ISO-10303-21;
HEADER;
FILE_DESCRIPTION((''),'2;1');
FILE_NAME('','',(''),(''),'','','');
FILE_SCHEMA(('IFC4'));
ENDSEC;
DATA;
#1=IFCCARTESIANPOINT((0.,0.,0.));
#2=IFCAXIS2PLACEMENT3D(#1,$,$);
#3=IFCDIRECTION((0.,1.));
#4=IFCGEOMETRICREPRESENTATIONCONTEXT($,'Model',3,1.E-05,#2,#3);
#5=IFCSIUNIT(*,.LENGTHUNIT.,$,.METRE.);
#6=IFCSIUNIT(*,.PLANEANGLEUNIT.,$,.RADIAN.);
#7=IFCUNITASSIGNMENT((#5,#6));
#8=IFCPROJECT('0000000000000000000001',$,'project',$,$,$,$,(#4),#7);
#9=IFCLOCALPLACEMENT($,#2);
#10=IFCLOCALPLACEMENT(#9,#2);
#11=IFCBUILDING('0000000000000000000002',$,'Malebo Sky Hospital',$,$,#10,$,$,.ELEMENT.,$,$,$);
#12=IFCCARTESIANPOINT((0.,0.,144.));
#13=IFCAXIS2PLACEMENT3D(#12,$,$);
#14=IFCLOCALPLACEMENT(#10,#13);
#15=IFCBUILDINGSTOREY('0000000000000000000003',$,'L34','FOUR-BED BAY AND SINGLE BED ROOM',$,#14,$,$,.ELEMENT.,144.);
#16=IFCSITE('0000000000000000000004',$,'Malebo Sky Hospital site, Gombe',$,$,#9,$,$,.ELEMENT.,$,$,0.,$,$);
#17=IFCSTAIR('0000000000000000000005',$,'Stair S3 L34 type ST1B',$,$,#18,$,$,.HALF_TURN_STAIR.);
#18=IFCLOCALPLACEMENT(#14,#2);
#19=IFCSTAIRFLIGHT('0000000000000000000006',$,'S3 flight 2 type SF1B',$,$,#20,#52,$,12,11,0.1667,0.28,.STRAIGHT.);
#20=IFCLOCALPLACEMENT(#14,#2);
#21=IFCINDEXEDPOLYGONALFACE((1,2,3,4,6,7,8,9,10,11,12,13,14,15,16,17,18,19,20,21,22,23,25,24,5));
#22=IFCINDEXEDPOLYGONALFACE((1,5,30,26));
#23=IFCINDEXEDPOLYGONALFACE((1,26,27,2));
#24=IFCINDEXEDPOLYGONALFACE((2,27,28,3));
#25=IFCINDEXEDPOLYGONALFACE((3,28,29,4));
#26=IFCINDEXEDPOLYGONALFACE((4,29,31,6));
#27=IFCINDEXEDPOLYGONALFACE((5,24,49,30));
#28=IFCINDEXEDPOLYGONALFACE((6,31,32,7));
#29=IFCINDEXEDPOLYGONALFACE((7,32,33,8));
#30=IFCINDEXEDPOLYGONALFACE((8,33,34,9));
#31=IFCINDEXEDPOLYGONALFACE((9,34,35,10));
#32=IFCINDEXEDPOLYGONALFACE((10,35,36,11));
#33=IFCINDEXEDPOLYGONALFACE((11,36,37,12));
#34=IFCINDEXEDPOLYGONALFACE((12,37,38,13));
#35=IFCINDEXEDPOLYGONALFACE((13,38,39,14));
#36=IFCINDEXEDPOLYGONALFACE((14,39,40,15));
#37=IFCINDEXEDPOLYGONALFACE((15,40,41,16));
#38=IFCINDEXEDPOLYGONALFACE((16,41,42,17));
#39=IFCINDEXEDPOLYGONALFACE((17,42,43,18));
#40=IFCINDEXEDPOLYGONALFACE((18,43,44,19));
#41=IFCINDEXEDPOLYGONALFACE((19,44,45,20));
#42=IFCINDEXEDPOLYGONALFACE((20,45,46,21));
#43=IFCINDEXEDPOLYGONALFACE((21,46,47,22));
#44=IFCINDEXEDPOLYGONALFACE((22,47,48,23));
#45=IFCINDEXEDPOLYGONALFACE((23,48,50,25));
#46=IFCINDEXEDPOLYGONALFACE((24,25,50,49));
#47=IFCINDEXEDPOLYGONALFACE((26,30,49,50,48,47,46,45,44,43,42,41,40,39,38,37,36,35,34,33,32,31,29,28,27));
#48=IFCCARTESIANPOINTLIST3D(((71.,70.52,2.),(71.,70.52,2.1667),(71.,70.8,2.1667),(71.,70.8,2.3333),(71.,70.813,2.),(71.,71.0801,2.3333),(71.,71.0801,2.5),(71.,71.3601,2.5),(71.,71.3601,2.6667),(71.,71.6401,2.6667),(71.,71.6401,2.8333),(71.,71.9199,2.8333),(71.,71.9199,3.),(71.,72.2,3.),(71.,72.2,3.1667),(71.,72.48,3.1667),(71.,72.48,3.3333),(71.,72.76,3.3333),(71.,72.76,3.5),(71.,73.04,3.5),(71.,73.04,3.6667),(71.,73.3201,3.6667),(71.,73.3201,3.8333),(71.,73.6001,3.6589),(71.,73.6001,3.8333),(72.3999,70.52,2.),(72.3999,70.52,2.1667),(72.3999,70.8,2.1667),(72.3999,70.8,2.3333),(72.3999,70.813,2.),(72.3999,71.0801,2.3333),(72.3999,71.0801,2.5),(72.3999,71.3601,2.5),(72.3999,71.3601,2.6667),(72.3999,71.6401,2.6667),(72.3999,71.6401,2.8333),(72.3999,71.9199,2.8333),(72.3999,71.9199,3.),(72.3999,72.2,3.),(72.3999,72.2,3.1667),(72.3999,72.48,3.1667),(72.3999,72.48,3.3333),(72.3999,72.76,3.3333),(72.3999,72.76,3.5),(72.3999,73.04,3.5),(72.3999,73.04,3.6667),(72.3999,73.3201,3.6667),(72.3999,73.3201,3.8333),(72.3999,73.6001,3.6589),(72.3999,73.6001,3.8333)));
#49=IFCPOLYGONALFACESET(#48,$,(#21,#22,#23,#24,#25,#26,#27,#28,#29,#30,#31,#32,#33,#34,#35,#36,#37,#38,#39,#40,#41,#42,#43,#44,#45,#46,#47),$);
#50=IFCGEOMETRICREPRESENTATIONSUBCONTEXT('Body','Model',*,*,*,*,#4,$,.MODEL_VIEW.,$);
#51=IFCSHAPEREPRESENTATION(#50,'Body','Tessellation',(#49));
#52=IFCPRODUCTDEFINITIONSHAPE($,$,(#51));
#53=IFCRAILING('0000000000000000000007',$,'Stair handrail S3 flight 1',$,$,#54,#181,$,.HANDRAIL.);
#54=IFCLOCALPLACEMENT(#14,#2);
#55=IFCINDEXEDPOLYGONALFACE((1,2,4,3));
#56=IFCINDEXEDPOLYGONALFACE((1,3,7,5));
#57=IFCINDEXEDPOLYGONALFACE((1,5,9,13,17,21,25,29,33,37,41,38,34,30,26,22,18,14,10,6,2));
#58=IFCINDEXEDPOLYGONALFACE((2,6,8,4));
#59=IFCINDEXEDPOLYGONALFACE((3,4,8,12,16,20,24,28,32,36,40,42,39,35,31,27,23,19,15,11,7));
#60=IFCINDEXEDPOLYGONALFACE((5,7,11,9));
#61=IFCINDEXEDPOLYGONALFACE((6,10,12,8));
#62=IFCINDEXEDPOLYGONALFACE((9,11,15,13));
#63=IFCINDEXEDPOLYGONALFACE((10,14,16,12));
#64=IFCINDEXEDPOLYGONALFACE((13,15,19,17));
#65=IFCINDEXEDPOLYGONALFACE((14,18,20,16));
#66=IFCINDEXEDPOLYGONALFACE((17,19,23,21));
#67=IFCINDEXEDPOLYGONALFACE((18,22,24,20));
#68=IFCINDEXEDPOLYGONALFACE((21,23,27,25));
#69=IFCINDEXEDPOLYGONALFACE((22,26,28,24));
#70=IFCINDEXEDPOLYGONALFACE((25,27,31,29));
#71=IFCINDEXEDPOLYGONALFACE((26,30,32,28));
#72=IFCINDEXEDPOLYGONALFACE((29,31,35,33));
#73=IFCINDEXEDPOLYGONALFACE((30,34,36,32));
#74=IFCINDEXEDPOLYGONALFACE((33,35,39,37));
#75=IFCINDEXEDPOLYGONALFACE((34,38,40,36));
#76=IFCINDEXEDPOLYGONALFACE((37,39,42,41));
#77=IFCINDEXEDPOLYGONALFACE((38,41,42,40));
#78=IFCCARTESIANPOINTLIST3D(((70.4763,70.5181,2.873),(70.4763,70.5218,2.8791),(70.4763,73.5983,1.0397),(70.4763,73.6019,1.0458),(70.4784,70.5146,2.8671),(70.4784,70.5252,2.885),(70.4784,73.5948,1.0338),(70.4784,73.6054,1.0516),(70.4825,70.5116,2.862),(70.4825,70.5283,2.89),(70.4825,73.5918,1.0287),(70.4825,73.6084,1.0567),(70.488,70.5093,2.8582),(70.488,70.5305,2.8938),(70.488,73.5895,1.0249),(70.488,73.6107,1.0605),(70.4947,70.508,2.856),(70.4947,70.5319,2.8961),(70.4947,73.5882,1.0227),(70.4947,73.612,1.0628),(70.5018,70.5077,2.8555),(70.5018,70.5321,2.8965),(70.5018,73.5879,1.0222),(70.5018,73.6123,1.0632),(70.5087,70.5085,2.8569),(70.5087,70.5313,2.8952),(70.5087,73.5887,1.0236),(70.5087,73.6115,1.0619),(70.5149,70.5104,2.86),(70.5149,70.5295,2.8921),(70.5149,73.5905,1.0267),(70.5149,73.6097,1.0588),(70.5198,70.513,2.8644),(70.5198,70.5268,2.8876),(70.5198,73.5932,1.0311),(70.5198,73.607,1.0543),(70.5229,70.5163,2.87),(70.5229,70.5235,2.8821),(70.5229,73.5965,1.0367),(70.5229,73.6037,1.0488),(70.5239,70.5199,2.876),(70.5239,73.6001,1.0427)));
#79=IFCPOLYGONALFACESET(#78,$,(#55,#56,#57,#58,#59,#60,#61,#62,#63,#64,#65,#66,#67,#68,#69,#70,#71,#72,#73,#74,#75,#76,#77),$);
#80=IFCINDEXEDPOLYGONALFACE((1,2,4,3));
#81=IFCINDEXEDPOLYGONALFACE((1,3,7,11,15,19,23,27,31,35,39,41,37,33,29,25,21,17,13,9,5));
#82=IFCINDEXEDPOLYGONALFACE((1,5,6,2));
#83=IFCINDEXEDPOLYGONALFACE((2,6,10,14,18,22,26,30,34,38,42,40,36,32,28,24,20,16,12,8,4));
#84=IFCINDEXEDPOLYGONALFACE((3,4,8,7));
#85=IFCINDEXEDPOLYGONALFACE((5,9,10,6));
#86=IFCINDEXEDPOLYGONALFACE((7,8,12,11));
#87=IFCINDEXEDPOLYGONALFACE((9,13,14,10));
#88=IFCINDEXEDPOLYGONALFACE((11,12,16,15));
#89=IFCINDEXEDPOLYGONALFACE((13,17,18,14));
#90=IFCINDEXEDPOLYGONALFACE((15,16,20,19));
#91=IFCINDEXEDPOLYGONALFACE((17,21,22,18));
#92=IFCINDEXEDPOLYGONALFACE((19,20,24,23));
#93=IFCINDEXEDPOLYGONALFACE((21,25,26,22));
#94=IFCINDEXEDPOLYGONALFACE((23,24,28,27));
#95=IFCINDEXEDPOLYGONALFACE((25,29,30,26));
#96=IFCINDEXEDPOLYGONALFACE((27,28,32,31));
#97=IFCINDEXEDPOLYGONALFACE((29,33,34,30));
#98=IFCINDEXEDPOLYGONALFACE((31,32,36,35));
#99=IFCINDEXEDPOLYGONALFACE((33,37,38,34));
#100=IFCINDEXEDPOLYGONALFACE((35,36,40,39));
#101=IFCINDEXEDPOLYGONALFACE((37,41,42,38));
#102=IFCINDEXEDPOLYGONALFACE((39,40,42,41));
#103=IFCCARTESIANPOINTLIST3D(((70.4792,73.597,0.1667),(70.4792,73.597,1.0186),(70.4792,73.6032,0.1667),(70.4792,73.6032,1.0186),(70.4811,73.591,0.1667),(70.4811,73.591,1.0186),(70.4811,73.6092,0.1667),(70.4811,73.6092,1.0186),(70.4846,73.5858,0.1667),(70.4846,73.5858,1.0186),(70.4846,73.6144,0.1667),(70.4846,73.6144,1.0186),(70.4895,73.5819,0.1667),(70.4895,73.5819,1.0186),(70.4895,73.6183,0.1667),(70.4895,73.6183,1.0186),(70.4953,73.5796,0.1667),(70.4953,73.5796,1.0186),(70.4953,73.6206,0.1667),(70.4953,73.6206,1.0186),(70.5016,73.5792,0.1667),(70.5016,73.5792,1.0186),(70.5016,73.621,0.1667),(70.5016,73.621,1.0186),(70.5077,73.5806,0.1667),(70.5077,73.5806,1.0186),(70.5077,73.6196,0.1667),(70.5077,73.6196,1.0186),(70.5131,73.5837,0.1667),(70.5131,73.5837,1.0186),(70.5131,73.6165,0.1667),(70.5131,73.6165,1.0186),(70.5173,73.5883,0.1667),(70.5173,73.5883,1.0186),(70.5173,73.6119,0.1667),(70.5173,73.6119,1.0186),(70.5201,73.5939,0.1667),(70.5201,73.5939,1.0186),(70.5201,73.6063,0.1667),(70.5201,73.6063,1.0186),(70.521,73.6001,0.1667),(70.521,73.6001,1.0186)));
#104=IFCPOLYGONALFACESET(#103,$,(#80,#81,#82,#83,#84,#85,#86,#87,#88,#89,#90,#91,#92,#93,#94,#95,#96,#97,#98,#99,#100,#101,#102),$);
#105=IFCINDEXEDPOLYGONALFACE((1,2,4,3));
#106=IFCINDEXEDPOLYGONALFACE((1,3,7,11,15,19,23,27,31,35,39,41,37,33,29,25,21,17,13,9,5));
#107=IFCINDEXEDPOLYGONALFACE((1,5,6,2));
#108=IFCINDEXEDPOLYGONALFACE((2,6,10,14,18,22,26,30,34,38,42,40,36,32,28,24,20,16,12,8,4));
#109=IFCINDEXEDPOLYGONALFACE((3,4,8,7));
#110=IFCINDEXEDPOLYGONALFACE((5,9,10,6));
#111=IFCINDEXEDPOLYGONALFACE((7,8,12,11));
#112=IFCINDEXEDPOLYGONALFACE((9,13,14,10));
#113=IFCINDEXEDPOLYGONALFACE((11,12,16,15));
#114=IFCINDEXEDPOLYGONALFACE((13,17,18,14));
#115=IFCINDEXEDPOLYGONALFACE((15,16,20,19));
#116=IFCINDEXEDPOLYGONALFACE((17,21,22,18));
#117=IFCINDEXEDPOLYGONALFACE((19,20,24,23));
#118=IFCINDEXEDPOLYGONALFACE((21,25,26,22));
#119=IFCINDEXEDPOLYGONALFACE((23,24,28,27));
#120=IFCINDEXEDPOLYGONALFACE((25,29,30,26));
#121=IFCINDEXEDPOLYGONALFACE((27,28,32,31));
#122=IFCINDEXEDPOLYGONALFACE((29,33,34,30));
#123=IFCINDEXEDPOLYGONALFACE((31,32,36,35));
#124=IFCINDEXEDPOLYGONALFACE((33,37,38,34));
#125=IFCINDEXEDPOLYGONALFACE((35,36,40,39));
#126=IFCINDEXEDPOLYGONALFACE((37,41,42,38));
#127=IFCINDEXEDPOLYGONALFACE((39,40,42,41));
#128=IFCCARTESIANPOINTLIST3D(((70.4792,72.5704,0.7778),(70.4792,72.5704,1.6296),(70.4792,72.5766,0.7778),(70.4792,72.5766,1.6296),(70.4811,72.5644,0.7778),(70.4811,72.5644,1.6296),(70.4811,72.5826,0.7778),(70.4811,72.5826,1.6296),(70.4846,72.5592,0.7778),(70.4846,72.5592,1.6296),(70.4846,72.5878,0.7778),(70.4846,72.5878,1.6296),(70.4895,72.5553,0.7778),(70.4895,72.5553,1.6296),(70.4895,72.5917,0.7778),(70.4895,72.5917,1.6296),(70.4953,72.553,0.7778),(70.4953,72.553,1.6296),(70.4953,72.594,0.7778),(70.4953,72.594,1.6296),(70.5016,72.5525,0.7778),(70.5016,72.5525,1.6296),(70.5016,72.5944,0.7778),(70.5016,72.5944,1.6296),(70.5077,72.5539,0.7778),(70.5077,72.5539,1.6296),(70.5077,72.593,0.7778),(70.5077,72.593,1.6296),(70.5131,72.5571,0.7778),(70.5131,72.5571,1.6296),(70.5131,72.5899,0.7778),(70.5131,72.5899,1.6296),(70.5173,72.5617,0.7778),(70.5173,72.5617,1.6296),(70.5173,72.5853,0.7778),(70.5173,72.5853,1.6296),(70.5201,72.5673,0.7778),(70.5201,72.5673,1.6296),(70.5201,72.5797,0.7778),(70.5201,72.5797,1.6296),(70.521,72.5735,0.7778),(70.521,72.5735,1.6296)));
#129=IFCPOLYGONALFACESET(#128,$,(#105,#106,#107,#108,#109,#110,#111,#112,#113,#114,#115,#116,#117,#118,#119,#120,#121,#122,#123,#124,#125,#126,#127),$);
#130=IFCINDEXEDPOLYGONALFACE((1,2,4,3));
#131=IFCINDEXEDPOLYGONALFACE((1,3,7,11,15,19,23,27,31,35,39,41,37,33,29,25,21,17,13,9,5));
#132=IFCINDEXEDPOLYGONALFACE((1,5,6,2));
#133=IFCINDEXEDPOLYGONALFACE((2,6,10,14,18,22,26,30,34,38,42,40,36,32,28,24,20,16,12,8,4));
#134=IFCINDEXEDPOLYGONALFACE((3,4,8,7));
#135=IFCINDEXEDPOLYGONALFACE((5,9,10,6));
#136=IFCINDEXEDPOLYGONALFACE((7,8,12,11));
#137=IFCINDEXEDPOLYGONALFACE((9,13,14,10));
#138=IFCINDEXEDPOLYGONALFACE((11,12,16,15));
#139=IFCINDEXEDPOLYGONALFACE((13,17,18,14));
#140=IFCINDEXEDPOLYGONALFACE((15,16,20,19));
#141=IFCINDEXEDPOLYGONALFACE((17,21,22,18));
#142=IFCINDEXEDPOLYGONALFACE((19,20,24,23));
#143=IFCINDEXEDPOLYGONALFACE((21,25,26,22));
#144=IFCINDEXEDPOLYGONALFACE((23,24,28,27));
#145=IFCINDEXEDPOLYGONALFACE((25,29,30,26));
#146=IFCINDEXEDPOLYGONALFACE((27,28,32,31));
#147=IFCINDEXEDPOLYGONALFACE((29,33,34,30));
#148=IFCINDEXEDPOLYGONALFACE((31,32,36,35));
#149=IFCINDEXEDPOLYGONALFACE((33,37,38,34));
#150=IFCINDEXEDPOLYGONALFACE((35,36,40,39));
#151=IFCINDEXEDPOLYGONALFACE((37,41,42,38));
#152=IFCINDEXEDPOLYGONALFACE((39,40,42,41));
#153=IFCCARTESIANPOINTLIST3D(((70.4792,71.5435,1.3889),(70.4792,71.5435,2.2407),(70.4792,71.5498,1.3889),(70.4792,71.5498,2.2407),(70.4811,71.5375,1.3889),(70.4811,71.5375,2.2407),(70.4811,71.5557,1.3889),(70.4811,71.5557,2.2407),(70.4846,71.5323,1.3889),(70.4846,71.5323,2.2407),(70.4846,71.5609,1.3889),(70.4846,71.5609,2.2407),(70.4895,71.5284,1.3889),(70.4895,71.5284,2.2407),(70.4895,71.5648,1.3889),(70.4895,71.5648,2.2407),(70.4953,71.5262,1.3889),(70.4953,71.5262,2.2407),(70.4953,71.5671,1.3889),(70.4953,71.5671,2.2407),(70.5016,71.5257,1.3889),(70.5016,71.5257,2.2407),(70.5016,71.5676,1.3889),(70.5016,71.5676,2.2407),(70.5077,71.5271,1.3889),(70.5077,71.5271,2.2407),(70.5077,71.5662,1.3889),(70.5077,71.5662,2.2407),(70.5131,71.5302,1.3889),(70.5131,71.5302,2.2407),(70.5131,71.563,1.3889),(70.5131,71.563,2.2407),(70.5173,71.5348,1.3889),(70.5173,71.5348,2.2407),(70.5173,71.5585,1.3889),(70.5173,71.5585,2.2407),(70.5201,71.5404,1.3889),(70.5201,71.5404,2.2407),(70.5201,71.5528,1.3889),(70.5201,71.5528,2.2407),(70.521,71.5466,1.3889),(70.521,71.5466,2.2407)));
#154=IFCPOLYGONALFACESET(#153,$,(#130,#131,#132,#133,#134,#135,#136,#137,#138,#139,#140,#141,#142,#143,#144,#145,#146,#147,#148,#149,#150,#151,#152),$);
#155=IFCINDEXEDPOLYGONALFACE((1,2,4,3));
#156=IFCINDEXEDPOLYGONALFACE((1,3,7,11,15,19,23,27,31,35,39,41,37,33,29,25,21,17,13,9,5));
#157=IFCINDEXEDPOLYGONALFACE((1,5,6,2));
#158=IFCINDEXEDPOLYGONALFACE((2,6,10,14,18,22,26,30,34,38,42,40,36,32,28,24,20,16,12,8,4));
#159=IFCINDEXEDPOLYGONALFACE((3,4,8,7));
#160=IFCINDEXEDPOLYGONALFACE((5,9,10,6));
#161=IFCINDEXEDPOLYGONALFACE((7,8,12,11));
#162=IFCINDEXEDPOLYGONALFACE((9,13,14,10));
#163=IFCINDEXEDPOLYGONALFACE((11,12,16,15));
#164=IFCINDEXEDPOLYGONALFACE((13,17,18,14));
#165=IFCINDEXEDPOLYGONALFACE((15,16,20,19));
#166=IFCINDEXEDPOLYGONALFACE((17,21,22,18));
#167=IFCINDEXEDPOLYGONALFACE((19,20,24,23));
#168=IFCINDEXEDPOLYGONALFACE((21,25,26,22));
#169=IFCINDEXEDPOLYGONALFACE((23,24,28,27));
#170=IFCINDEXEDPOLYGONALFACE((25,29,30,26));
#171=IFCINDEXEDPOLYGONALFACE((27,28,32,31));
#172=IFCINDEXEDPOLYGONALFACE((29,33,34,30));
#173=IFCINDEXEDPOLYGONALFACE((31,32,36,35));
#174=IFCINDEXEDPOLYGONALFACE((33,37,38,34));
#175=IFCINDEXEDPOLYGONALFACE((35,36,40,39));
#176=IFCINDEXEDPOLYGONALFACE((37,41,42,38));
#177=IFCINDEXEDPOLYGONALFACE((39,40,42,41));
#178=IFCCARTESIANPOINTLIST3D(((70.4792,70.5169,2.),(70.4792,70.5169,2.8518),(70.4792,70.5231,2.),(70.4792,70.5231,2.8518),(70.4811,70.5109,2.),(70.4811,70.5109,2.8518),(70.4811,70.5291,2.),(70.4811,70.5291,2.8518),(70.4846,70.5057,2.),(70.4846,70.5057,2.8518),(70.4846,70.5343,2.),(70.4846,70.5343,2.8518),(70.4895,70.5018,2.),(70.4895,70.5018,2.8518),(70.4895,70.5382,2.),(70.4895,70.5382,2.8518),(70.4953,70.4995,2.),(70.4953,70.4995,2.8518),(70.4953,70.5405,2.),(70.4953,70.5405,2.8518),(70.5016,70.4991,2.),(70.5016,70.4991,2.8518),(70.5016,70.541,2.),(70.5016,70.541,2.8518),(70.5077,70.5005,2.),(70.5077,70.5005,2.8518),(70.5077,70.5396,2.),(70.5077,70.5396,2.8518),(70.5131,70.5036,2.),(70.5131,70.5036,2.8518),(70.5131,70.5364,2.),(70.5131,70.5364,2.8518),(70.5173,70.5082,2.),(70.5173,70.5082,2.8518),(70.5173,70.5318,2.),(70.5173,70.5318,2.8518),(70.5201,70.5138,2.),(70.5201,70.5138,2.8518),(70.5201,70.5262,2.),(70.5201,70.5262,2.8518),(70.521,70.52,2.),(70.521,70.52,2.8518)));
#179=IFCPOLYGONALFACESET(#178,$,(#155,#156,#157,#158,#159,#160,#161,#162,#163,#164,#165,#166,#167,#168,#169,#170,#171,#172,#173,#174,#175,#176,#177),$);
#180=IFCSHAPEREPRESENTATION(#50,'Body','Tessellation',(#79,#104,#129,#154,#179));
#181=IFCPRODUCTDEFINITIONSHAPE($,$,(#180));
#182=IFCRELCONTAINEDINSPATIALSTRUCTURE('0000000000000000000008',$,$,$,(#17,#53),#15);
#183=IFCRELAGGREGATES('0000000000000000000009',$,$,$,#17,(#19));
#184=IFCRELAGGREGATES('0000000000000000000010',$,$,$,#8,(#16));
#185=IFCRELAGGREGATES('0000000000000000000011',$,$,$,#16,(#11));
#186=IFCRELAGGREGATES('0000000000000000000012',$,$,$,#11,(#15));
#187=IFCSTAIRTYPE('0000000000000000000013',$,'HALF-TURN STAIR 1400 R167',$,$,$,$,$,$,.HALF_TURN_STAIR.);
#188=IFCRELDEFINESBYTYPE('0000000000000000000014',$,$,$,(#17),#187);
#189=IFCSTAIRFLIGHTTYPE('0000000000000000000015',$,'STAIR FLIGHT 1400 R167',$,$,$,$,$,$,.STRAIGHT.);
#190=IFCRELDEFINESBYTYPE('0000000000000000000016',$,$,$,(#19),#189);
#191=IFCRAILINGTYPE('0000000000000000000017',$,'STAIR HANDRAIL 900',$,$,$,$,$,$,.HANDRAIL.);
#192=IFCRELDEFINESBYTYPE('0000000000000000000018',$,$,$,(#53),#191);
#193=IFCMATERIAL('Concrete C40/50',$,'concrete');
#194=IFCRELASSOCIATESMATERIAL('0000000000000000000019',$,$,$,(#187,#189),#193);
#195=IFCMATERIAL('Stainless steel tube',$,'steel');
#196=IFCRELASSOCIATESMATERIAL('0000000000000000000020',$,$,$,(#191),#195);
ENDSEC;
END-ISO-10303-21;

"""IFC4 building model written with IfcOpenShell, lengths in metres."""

from ifc_helpers import new_model, si_unit, direction, frame, origin, origin_2d, place, context, subcontext, project, spatial, polyline, circle, outline, extrude, material, type_object, element, aggregate, save


model = new_model("IFC4")

# Units and contexts
model_context = context("Model", 3, precision=1e-05, world=origin(), true_north=direction((0.0, 1.0)))
body_context = subcontext(model_context, "Body", "Model", "MODEL_VIEW")
ifc_project = project(units=[si_unit("LENGTHUNIT", "METRE"), si_unit("PLANEANGLEUNIT", "RADIAN")], contexts=[model_context])

# Site, building, storey
site_placement = place(None, origin())
site = spatial("IfcSite", under=ifc_project, at=site_placement, Name="Malebo Sky Hospital site, Gombe", CompositionType="ELEMENT", RefElevation=0.0)
building_placement = place(site_placement, origin())
building = spatial("IfcBuilding", under=site, at=building_placement, Name="Malebo Sky Hospital", CompositionType="ELEMENT")
storey_placement = place(building_placement, frame((0.0, 0.0, 144.0)))
storey = spatial("IfcBuildingStorey", under=building, at=storey_placement, Name="L34", Description="FOUR-BED BAY AND SINGLE BED ROOM", CompositionType="ELEMENT", Elevation=144.0)

# Shared definitions
ifc_material_1 = material(Name="Concrete C40/50", Category="concrete")

# Stair, stair flight
stair_type = type_object("IfcStairType", Name="HALF-TURN STAIR 1400 R167", PredefinedType="HALF_TURN_STAIR", material=ifc_material_1)
stair_placement = place(storey_placement, origin())
stair = element("IfcStair", 1, at=stair_placement, inside=storey, type_object=stair_type, Name="Stair S3 L34 type ST1B", PredefinedType="HALF_TURN_STAIR")
stair_flight_type = type_object("IfcStairFlightType", Name="STAIR FLIGHT 1400 R167", PredefinedType="STRAIGHT", material=ifc_material_1)
stair_flight_1_placement = place(storey_placement, frame((71.7, 70.52, 2.0), z_axis=(0.0, 0.0, 1.0), x_axis=(0.0, 1.0, 0.0)))
stair_flight_1 = element("IfcStairFlight", 2, at=stair_flight_1_placement, type_object=stair_flight_type, Name="S3 flight 2 type SF1B", NumberOfRisers=12, NumberOfTreads=11, PredefinedType="STRAIGHT", RiserHeight=0.1667, TreadLength=0.28, context=body_context, shape_type="SweptSolid", body=[
    extrude(outline(polyline([(0.0, 0.0), (0.0, 0.1667), (0.28, 0.1667), (0.28, 0.3333), (0.5601, 0.3333), (0.5601, 0.5), (0.8401, 0.5), (0.8401, 0.6667), (1.1201, 0.6667), (1.1201, 0.8333), (1.3999, 0.8333), (1.3999, 1.0), (1.6799, 1.0), (1.6799, 1.1667), (1.96, 1.1667), (1.96, 1.3333), (2.24, 1.3333), (2.24, 1.5), (2.52, 1.5), (2.52, 1.6667), (2.8, 1.6667), (2.8, 1.8333), (3.0801, 1.8333), (3.0801, 2.0), (3.0801, 1.6589), (0.293, 0.0), (0.0, 0.0)])), frame((0.0, 0.7, 0.0), z_axis=(0.0, -1.0, 0.0), x_axis=(1.0, 0.0, 0.0)), (0.0, 0.0, 1.0), 1.3999),
])
aggregate(stair, [stair_flight_1])

# Railing
ifc_material_2 = material(Name="Stainless steel tube", Category="steel")
railing_type = type_object("IfcRailingType", Name="STAIR HANDRAIL 900", PredefinedType="HANDRAIL", material=ifc_material_2)
railing_1_placement = place(storey_placement, frame((70.5, 73.6001, 0.1667)))
element("IfcRailing", 3, at=railing_1_placement, inside=storey, type_object=railing_type, Name="Stair handrail S3 flight 1", PredefinedType="HANDRAIL", context=body_context, shape_type="SweptSolid", body=[
    extrude(circle(Radius=0.0239, at=origin_2d()), frame((0.0, 0.0, 0.876), z_axis=(0.0, -0.859309, 0.511458), x_axis=(1.0, 0.0, 0.0)), (0.0, 0.0, 1.0), 3.5845),
    extrude(circle(Radius=0.021, at=origin_2d()), origin(), (0.0, 0.0, 1.0), 0.8518),
    extrude(circle(Radius=0.021, at=origin_2d()), frame((0.0, -1.0266, 0.6111)), (0.0, 0.0, 1.0), 0.8518),
    extrude(circle(Radius=0.021, at=origin_2d()), frame((0.0, -2.0535, 1.2222)), (0.0, 0.0, 1.0), 0.8518),
    extrude(circle(Radius=0.021, at=origin_2d()), frame((0.0, -3.0801, 1.8333)), (0.0, 0.0, 1.0), 0.8518),
])

save(model, "model.ifc")
